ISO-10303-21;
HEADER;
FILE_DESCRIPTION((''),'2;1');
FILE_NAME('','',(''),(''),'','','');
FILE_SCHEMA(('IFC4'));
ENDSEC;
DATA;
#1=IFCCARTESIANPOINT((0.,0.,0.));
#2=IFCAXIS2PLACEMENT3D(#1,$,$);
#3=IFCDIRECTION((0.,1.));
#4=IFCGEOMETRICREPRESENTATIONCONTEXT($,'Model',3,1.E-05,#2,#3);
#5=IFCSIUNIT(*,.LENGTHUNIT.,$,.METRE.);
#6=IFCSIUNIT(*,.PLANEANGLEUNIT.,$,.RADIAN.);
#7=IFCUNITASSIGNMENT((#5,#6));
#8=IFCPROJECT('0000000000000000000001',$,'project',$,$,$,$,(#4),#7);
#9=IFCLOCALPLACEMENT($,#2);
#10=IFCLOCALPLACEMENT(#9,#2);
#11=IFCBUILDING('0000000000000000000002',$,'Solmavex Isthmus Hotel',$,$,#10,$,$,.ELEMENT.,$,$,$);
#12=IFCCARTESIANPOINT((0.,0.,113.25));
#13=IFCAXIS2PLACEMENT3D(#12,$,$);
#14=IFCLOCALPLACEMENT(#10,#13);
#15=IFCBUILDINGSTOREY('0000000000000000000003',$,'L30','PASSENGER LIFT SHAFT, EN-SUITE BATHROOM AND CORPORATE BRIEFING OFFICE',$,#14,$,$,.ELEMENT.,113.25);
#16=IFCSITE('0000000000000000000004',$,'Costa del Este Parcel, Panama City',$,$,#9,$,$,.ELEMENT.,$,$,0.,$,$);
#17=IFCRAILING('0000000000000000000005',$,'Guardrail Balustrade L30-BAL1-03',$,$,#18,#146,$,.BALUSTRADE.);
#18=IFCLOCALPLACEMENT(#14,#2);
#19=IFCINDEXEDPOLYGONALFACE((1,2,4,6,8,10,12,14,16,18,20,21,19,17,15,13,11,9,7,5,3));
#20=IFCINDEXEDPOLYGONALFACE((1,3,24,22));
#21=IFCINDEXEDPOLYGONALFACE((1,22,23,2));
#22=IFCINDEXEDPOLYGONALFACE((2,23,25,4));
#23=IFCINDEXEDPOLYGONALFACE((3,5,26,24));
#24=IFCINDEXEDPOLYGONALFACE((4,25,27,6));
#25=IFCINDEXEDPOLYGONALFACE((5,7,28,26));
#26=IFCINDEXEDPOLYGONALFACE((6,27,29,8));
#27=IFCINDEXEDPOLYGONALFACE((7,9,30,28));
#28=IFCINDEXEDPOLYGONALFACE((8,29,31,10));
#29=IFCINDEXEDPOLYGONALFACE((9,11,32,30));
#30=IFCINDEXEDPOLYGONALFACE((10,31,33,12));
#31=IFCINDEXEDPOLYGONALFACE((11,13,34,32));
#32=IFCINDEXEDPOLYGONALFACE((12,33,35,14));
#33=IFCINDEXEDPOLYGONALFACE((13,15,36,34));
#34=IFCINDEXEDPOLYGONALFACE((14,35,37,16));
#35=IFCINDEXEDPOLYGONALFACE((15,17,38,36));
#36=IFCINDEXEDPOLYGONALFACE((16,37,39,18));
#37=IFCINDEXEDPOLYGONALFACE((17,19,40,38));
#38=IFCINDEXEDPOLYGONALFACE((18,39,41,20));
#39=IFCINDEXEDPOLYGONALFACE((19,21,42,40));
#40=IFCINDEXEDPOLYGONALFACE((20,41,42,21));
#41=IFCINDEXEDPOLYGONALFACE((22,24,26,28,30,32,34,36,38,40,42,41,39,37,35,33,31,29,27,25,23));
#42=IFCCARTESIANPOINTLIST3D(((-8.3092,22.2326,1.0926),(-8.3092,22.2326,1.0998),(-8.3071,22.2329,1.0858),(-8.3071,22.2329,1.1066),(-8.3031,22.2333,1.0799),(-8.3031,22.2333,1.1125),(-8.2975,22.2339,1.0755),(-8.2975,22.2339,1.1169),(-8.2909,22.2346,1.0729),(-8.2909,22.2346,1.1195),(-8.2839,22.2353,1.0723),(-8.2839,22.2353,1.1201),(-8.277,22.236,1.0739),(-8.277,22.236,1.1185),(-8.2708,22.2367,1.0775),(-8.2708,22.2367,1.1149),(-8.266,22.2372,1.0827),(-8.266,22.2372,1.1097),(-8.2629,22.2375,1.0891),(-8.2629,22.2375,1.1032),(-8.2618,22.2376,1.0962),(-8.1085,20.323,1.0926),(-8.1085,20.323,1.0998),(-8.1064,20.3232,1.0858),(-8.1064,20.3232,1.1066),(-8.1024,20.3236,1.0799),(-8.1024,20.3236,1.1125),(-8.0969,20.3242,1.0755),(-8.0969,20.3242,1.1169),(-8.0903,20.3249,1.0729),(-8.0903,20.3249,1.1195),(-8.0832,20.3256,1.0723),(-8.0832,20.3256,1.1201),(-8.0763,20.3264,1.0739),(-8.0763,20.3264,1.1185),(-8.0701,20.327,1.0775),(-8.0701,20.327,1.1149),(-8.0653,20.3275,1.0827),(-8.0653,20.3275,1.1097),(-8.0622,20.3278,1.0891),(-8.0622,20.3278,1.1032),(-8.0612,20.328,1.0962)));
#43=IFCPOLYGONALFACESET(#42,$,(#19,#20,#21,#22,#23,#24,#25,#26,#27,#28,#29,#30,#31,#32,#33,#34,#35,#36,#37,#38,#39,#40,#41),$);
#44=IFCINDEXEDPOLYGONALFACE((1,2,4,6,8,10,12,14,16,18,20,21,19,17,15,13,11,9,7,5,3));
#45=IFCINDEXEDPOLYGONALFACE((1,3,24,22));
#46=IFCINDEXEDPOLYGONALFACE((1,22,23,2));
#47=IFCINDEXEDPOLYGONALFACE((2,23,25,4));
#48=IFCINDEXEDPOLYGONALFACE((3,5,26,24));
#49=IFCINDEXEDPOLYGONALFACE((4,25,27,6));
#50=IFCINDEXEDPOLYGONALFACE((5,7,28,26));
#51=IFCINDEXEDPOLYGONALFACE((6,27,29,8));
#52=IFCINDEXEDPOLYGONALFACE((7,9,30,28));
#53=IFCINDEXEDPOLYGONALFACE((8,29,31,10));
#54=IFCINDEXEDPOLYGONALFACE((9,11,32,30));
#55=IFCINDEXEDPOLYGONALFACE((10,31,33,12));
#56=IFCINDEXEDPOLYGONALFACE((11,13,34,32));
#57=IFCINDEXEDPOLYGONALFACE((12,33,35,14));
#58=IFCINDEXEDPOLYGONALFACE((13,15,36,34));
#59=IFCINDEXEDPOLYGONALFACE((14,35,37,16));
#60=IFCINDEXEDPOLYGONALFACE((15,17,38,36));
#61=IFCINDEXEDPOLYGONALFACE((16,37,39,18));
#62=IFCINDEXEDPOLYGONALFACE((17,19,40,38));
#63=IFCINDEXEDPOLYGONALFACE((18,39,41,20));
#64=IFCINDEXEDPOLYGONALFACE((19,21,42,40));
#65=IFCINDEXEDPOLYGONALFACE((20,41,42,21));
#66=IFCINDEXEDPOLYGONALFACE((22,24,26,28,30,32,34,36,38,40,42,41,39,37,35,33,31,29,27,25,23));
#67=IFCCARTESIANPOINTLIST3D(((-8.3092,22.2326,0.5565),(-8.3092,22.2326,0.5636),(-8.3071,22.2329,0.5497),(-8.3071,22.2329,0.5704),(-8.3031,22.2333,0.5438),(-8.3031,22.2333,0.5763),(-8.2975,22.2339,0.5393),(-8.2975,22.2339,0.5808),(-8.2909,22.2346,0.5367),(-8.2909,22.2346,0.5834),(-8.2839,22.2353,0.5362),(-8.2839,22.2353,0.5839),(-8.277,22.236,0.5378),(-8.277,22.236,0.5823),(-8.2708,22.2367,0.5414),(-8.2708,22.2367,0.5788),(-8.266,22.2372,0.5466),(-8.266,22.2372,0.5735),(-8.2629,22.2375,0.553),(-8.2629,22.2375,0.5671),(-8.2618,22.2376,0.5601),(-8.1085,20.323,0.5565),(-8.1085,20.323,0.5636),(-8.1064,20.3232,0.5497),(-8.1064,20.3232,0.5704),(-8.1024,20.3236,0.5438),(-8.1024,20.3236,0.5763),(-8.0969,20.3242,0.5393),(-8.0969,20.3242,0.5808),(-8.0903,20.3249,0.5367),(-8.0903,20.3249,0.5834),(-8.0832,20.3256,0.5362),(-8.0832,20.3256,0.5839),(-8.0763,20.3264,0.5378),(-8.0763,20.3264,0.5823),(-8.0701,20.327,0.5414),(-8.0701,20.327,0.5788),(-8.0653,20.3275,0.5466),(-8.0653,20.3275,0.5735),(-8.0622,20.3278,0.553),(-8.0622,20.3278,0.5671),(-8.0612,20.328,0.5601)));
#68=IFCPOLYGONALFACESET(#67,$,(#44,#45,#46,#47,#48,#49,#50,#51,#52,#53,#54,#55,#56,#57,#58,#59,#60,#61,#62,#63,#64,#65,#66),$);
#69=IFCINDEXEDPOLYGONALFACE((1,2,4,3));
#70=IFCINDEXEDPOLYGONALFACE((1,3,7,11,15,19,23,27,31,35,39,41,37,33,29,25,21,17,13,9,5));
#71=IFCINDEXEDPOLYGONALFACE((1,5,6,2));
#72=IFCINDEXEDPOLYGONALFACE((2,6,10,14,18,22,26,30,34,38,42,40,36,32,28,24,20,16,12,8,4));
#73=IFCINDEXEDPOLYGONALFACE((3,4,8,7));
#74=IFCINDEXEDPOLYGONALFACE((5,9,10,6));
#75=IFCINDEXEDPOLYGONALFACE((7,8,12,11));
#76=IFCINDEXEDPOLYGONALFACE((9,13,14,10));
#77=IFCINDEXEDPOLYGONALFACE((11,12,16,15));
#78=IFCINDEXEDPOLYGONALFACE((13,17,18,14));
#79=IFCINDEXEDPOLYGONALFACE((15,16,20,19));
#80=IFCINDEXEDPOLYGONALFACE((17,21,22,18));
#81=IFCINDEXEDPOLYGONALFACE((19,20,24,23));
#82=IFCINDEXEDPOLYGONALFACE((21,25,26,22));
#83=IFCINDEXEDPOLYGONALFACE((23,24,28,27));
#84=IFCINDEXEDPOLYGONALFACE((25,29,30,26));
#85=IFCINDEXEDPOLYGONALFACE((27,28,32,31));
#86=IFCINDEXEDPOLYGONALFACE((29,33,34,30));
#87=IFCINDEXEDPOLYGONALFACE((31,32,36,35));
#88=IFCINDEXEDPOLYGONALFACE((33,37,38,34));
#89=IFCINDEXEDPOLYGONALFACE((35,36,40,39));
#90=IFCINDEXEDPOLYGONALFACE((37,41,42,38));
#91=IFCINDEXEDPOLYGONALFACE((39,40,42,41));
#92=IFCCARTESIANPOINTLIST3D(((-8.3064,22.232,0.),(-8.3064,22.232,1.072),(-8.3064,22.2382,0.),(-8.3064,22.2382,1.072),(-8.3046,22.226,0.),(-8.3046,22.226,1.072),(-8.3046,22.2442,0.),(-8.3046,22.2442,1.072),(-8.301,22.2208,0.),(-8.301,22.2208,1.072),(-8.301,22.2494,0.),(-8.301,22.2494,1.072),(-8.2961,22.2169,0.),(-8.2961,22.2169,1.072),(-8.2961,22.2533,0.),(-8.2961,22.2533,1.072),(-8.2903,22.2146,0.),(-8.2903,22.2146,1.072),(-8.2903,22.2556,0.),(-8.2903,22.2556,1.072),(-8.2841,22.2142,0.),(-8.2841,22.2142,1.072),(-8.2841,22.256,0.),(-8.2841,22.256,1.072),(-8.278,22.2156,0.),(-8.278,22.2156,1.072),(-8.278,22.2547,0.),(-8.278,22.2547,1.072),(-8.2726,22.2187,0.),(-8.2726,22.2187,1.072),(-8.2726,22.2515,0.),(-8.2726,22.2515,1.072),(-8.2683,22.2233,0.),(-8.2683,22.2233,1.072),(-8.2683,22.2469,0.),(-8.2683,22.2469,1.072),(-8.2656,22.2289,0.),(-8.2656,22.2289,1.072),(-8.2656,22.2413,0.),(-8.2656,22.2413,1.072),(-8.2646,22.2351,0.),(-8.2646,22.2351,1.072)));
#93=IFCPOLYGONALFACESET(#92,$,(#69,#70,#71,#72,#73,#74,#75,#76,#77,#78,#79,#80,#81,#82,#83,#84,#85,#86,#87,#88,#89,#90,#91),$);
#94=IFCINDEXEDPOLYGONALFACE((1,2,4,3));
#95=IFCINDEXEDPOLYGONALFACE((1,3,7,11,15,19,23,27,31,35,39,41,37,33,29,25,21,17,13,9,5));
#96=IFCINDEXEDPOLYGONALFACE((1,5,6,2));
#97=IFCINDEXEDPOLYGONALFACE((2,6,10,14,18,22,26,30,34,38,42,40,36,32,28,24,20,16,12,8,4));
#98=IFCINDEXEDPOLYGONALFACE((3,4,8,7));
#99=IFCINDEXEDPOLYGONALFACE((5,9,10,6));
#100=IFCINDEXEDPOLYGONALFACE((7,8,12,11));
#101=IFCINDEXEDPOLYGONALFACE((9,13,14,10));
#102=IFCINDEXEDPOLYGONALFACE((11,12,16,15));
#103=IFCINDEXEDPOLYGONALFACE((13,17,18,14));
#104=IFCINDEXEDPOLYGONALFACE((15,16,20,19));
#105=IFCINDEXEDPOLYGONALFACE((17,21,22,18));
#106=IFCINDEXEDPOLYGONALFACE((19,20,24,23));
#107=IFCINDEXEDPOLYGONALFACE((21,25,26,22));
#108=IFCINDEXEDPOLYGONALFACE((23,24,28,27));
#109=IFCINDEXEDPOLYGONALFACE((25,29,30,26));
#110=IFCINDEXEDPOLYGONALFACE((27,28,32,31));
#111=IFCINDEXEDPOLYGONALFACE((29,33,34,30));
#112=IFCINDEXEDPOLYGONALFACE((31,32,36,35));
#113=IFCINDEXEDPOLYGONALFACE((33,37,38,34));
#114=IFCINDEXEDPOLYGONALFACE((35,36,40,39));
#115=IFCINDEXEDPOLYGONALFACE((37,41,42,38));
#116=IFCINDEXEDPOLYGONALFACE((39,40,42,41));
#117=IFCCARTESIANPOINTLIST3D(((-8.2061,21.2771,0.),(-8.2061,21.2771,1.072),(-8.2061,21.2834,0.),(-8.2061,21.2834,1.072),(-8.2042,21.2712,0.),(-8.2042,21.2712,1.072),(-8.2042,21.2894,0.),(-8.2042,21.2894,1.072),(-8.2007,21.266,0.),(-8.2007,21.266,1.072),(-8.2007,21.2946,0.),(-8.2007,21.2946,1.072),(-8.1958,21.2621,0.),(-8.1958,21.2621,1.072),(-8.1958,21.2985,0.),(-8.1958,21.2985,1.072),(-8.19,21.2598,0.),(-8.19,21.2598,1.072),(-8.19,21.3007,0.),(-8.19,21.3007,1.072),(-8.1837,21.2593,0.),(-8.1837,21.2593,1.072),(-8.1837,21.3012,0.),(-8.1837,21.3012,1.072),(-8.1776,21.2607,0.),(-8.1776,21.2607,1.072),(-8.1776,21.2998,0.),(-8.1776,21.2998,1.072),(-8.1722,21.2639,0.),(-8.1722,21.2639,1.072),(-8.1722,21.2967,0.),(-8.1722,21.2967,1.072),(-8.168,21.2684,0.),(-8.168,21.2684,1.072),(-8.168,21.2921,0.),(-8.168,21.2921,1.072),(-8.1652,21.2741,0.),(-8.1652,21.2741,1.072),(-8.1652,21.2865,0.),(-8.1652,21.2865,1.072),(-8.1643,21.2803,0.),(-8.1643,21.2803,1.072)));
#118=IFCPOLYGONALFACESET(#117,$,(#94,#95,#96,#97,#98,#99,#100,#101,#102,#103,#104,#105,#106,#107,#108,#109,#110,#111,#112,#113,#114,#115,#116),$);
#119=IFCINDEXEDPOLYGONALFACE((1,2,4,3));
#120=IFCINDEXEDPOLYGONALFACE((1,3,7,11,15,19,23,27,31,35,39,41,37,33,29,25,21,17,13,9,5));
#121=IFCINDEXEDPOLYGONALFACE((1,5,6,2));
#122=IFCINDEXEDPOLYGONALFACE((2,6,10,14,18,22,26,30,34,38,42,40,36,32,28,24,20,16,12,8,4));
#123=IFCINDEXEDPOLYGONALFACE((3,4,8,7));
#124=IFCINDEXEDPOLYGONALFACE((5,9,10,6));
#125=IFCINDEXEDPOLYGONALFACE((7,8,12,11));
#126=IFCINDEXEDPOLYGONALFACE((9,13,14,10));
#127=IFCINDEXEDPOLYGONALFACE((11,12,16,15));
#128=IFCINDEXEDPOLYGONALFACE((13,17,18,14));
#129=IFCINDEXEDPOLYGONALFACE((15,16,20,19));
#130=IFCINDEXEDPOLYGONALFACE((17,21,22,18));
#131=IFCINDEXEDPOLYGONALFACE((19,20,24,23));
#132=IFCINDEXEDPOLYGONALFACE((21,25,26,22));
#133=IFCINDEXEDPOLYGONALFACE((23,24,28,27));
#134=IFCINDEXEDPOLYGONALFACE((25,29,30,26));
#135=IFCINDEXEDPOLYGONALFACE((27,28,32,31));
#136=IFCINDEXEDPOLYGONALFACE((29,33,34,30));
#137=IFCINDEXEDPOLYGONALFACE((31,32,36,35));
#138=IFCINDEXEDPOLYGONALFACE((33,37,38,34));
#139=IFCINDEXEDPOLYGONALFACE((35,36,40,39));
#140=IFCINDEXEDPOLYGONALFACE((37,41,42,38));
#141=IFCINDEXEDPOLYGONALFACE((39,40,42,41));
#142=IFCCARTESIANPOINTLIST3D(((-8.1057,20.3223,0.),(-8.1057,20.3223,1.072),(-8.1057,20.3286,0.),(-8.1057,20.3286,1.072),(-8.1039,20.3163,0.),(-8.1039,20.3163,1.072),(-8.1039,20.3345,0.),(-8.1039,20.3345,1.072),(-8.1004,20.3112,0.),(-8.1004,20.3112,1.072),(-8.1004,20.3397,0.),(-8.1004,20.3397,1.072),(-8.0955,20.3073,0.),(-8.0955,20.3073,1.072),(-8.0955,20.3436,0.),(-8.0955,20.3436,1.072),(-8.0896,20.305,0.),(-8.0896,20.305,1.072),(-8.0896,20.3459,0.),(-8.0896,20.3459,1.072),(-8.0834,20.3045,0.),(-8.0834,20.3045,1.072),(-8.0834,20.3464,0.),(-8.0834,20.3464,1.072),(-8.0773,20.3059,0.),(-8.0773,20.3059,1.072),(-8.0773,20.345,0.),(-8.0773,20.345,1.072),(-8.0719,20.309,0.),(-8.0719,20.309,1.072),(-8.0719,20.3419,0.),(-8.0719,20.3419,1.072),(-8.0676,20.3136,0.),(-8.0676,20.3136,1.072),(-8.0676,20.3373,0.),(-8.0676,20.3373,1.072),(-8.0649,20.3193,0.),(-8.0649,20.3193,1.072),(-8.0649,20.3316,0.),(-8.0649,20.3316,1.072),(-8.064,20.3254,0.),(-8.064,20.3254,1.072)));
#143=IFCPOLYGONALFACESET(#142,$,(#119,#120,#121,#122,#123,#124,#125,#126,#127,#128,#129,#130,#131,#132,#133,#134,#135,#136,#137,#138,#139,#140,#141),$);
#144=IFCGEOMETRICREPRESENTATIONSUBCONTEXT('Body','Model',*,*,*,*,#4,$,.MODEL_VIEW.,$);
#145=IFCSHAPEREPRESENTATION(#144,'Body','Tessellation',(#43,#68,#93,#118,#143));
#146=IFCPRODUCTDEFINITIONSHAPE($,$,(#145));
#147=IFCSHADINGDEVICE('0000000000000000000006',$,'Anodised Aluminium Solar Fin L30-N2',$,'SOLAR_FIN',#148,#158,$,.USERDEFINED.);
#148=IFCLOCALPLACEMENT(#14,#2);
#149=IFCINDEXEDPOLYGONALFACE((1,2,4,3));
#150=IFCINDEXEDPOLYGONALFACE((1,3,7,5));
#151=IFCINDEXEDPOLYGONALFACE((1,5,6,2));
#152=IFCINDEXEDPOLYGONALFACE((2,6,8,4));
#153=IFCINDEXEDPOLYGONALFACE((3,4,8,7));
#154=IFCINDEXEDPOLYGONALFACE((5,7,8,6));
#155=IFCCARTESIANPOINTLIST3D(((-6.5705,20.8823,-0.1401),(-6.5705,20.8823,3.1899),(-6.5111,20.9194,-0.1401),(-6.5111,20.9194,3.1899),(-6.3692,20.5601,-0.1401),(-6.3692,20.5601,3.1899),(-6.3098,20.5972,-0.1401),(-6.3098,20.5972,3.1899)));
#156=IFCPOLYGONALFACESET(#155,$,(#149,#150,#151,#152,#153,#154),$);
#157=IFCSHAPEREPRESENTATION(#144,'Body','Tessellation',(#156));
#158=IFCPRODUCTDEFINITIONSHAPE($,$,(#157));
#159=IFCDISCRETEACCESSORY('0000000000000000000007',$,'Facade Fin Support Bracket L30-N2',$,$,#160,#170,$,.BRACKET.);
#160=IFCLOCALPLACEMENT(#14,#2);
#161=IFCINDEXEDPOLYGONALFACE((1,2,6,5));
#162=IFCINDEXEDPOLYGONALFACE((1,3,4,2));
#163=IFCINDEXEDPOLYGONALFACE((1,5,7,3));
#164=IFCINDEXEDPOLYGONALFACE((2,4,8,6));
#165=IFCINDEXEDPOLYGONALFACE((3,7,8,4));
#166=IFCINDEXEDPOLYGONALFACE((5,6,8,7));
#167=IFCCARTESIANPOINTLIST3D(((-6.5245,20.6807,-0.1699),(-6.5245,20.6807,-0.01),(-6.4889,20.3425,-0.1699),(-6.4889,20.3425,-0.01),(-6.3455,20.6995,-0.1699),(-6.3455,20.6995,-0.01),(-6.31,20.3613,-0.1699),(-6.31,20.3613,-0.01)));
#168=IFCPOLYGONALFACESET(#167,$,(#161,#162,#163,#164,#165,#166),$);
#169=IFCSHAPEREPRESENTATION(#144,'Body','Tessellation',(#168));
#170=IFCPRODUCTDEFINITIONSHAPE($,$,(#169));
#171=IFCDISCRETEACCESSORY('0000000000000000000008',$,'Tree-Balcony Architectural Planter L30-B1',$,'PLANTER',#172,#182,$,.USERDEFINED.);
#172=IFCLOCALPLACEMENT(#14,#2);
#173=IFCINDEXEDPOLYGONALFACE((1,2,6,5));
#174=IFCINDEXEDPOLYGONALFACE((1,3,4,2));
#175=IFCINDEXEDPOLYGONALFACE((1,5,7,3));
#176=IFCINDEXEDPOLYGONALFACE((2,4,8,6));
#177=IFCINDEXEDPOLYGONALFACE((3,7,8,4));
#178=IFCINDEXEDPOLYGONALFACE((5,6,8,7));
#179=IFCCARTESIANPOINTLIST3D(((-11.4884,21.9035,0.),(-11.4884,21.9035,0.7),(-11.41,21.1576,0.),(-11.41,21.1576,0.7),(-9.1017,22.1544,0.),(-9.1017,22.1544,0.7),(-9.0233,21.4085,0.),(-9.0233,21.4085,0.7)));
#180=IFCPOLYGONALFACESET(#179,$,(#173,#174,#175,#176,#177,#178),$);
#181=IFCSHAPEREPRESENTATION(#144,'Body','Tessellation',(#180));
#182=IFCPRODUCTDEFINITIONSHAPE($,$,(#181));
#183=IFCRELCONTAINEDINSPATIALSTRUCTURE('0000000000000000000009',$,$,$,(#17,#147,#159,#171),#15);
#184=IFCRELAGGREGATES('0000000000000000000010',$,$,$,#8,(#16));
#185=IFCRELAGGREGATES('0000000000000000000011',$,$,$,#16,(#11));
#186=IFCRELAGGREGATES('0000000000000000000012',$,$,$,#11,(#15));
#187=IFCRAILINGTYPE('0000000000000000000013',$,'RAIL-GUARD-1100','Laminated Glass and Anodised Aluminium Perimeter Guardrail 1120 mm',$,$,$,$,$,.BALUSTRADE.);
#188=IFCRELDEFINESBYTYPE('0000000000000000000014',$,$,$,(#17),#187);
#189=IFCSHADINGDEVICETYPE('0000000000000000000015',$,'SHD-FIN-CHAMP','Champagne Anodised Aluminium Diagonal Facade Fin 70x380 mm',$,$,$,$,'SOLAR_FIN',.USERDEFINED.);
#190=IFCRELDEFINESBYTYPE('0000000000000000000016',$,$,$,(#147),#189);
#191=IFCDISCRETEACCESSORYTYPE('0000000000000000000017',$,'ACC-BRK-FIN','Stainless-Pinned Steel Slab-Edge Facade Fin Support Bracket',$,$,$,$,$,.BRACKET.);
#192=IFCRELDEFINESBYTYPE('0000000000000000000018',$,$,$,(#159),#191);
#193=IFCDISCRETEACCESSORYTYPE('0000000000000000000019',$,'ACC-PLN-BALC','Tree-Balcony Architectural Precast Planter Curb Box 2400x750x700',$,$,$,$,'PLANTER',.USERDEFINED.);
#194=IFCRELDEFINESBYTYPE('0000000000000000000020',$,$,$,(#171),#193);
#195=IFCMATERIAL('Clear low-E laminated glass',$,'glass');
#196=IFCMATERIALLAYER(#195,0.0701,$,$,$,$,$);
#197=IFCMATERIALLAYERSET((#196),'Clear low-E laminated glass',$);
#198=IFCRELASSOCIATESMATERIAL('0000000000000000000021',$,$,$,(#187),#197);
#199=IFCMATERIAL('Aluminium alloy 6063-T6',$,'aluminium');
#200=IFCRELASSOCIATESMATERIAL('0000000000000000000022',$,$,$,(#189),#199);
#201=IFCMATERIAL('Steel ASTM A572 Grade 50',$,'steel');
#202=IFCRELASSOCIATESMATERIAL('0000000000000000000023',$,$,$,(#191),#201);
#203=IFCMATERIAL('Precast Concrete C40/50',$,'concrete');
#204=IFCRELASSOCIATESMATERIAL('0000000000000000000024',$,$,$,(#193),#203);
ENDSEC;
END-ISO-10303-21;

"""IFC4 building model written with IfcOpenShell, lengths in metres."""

from ifc_helpers import new_model, si_unit, direction, frame, origin, origin_2d, place, context, subcontext, project, spatial, rectangle, circle, extrude, material, layer, layer_set, type_object, element, save


model = new_model("IFC4")

# Units and contexts
model_context = context("Model", 3, precision=1e-05, world=origin(), true_north=direction((0.0, 1.0)))
body_context = subcontext(model_context, "Body", "Model", "MODEL_VIEW")
ifc_project = project(units=[si_unit("LENGTHUNIT", "METRE"), si_unit("PLANEANGLEUNIT", "RADIAN")], contexts=[model_context])

# Site, building, storey
site_placement = place(None, origin())
site = spatial("IfcSite", under=ifc_project, at=site_placement, Name="Costa del Este Parcel, Panama City", CompositionType="ELEMENT", RefElevation=0.0)
building_placement = place(site_placement, origin())
building = spatial("IfcBuilding", under=site, at=building_placement, Name="Solmavex Isthmus Hotel", CompositionType="ELEMENT")
storey_placement = place(building_placement, frame((0.0, 0.0, 113.25)))
storey = spatial("IfcBuildingStorey", under=building, at=storey_placement, Name="L30", Description="PASSENGER LIFT SHAFT, EN-SUITE BATHROOM AND CORPORATE BRIEFING OFFICE", CompositionType="ELEMENT", Elevation=113.25)

# Shared definitions
ifc_material_1 = material(Name="Aluminium alloy 6063-T6", Category="aluminium")

# Shared definitions
ifc_material_2 = material(Name="Clear low-E laminated glass", Category="glass")

# Shared definitions
ifc_material_3 = material(Name="Precast Concrete C40/50", Category="concrete")

# Railing
ifc_layer_1 = layer(ifc_material_2, 0.0701)
ifc_layer_set_1 = layer_set([ifc_layer_1], Name="Clear low-E laminated glass")
railing_type = type_object("IfcRailingType", Name="RAIL-GUARD-1100", Description="Laminated Glass and Anodised Aluminium Perimeter Guardrail 1120 mm", PredefinedType="BALUSTRADE", material=ifc_layer_set_1)
railing_1_placement = place(storey_placement, frame((-8.2856, 22.2351, 0.0)))
element("IfcRailing", 1, at=railing_1_placement, inside=storey, type_object=railing_type, Name="Guardrail Balustrade L30-BAL1-03", PredefinedType="BALUSTRADE", context=body_context, shape_type="SweptSolid", body=[
    extrude(circle(Radius=0.0239, at=origin_2d()), frame((0.0, 0.0, 1.0962), z_axis=(0.104513, -0.994524, 0.0), x_axis=(0.994524, 0.104513, 0.0)), (0.0, 0.0, 1.0), 1.9202),
    extrude(circle(Radius=0.0239, at=origin_2d()), frame((0.0, 0.0, 0.5601), z_axis=(0.104513, -0.994524, 0.0), x_axis=(0.994524, 0.104513, 0.0)), (0.0, 0.0, 1.0), 1.9202),
    extrude(circle(Radius=0.021, at=origin_2d()), origin(), (0.0, 0.0, 1.0), 1.072),
    extrude(circle(Radius=0.021, at=origin_2d()), frame((0.1003, -0.9548, 0.0)), (0.0, 0.0, 1.0), 1.072),
    extrude(circle(Radius=0.021, at=origin_2d()), frame((0.2007, -1.9097, 0.0)), (0.0, 0.0, 1.0), 1.072),
])

# Shading device
shading_device_type = type_object("IfcShadingDeviceType", Name="SHD-FIN-CHAMP", Description="Champagne Anodised Aluminium Diagonal Facade Fin 70x380 mm", ElementType="SOLAR_FIN", PredefinedType="USERDEFINED", material=ifc_material_1)
shading_device_placement = place(storey_placement, frame((-6.4402, 20.7397, -0.1401), z_axis=(0.0, 0.0, 1.0), x_axis=(-0.529919, 0.848048, 0.0)))
element("IfcShadingDevice", 2, at=shading_device_placement, inside=storey, type_object=shading_device_type, Name="Anodised Aluminium Solar Fin L30-N2", ObjectType="SOLAR_FIN", PredefinedType="USERDEFINED", context=body_context, shape_type="SweptSolid", body=[
    extrude(rectangle(XDim=0.3799, YDim=0.0701, at=origin_2d()), origin(), (0.0, 0.0, 1.0), 3.3301),
])

# Discrete accessories
ifc_material_4 = material(Name="Steel ASTM A572 Grade 50", Category="steel")
discrete_accessory_type_1 = type_object("IfcDiscreteAccessoryType", Name="ACC-BRK-FIN", Description="Stainless-Pinned Steel Slab-Edge Facade Fin Support Bracket", PredefinedType="BRACKET", material=ifc_material_4)
discrete_accessory_1_placement = place(storey_placement, frame((-6.4172, 20.521, -0.1699), z_axis=(0.0, 0.0, 1.0), x_axis=(-0.104528, 0.994522, 0.0)))
element("IfcDiscreteAccessory", 3, at=discrete_accessory_1_placement, inside=storey, type_object=discrete_accessory_type_1, Name="Facade Fin Support Bracket L30-N2", PredefinedType="BRACKET", context=body_context, shape_type="SweptSolid", body=[
    extrude(rectangle(XDim=0.3401, YDim=0.1799, at=origin_2d()), origin(), (0.0, 0.0, 1.0), 0.1599),
])
discrete_accessory_type_2 = type_object("IfcDiscreteAccessoryType", Name="ACC-PLN-BALC", Description="Tree-Balcony Architectural Precast Planter Curb Box 2400x750x700", ElementType="PLANTER", PredefinedType="USERDEFINED", material=ifc_material_3)
discrete_accessory_2_placement = place(storey_placement, frame((-10.2559, 21.656, 0.0), z_axis=(0.0, 0.0, 1.0), x_axis=(0.994522, 0.104528, 0.0)))
element("IfcDiscreteAccessory", 4, at=discrete_accessory_2_placement, inside=storey, type_object=discrete_accessory_type_2, Name="Tree-Balcony Architectural Planter L30-B1", ObjectType="PLANTER", PredefinedType="USERDEFINED", context=body_context, shape_type="SweptSolid", body=[
    extrude(rectangle(XDim=2.3999, YDim=0.75, at=origin_2d()), origin(), (0.0, 0.0, 1.0), 0.7),
])

save(model, "model.ifc")
